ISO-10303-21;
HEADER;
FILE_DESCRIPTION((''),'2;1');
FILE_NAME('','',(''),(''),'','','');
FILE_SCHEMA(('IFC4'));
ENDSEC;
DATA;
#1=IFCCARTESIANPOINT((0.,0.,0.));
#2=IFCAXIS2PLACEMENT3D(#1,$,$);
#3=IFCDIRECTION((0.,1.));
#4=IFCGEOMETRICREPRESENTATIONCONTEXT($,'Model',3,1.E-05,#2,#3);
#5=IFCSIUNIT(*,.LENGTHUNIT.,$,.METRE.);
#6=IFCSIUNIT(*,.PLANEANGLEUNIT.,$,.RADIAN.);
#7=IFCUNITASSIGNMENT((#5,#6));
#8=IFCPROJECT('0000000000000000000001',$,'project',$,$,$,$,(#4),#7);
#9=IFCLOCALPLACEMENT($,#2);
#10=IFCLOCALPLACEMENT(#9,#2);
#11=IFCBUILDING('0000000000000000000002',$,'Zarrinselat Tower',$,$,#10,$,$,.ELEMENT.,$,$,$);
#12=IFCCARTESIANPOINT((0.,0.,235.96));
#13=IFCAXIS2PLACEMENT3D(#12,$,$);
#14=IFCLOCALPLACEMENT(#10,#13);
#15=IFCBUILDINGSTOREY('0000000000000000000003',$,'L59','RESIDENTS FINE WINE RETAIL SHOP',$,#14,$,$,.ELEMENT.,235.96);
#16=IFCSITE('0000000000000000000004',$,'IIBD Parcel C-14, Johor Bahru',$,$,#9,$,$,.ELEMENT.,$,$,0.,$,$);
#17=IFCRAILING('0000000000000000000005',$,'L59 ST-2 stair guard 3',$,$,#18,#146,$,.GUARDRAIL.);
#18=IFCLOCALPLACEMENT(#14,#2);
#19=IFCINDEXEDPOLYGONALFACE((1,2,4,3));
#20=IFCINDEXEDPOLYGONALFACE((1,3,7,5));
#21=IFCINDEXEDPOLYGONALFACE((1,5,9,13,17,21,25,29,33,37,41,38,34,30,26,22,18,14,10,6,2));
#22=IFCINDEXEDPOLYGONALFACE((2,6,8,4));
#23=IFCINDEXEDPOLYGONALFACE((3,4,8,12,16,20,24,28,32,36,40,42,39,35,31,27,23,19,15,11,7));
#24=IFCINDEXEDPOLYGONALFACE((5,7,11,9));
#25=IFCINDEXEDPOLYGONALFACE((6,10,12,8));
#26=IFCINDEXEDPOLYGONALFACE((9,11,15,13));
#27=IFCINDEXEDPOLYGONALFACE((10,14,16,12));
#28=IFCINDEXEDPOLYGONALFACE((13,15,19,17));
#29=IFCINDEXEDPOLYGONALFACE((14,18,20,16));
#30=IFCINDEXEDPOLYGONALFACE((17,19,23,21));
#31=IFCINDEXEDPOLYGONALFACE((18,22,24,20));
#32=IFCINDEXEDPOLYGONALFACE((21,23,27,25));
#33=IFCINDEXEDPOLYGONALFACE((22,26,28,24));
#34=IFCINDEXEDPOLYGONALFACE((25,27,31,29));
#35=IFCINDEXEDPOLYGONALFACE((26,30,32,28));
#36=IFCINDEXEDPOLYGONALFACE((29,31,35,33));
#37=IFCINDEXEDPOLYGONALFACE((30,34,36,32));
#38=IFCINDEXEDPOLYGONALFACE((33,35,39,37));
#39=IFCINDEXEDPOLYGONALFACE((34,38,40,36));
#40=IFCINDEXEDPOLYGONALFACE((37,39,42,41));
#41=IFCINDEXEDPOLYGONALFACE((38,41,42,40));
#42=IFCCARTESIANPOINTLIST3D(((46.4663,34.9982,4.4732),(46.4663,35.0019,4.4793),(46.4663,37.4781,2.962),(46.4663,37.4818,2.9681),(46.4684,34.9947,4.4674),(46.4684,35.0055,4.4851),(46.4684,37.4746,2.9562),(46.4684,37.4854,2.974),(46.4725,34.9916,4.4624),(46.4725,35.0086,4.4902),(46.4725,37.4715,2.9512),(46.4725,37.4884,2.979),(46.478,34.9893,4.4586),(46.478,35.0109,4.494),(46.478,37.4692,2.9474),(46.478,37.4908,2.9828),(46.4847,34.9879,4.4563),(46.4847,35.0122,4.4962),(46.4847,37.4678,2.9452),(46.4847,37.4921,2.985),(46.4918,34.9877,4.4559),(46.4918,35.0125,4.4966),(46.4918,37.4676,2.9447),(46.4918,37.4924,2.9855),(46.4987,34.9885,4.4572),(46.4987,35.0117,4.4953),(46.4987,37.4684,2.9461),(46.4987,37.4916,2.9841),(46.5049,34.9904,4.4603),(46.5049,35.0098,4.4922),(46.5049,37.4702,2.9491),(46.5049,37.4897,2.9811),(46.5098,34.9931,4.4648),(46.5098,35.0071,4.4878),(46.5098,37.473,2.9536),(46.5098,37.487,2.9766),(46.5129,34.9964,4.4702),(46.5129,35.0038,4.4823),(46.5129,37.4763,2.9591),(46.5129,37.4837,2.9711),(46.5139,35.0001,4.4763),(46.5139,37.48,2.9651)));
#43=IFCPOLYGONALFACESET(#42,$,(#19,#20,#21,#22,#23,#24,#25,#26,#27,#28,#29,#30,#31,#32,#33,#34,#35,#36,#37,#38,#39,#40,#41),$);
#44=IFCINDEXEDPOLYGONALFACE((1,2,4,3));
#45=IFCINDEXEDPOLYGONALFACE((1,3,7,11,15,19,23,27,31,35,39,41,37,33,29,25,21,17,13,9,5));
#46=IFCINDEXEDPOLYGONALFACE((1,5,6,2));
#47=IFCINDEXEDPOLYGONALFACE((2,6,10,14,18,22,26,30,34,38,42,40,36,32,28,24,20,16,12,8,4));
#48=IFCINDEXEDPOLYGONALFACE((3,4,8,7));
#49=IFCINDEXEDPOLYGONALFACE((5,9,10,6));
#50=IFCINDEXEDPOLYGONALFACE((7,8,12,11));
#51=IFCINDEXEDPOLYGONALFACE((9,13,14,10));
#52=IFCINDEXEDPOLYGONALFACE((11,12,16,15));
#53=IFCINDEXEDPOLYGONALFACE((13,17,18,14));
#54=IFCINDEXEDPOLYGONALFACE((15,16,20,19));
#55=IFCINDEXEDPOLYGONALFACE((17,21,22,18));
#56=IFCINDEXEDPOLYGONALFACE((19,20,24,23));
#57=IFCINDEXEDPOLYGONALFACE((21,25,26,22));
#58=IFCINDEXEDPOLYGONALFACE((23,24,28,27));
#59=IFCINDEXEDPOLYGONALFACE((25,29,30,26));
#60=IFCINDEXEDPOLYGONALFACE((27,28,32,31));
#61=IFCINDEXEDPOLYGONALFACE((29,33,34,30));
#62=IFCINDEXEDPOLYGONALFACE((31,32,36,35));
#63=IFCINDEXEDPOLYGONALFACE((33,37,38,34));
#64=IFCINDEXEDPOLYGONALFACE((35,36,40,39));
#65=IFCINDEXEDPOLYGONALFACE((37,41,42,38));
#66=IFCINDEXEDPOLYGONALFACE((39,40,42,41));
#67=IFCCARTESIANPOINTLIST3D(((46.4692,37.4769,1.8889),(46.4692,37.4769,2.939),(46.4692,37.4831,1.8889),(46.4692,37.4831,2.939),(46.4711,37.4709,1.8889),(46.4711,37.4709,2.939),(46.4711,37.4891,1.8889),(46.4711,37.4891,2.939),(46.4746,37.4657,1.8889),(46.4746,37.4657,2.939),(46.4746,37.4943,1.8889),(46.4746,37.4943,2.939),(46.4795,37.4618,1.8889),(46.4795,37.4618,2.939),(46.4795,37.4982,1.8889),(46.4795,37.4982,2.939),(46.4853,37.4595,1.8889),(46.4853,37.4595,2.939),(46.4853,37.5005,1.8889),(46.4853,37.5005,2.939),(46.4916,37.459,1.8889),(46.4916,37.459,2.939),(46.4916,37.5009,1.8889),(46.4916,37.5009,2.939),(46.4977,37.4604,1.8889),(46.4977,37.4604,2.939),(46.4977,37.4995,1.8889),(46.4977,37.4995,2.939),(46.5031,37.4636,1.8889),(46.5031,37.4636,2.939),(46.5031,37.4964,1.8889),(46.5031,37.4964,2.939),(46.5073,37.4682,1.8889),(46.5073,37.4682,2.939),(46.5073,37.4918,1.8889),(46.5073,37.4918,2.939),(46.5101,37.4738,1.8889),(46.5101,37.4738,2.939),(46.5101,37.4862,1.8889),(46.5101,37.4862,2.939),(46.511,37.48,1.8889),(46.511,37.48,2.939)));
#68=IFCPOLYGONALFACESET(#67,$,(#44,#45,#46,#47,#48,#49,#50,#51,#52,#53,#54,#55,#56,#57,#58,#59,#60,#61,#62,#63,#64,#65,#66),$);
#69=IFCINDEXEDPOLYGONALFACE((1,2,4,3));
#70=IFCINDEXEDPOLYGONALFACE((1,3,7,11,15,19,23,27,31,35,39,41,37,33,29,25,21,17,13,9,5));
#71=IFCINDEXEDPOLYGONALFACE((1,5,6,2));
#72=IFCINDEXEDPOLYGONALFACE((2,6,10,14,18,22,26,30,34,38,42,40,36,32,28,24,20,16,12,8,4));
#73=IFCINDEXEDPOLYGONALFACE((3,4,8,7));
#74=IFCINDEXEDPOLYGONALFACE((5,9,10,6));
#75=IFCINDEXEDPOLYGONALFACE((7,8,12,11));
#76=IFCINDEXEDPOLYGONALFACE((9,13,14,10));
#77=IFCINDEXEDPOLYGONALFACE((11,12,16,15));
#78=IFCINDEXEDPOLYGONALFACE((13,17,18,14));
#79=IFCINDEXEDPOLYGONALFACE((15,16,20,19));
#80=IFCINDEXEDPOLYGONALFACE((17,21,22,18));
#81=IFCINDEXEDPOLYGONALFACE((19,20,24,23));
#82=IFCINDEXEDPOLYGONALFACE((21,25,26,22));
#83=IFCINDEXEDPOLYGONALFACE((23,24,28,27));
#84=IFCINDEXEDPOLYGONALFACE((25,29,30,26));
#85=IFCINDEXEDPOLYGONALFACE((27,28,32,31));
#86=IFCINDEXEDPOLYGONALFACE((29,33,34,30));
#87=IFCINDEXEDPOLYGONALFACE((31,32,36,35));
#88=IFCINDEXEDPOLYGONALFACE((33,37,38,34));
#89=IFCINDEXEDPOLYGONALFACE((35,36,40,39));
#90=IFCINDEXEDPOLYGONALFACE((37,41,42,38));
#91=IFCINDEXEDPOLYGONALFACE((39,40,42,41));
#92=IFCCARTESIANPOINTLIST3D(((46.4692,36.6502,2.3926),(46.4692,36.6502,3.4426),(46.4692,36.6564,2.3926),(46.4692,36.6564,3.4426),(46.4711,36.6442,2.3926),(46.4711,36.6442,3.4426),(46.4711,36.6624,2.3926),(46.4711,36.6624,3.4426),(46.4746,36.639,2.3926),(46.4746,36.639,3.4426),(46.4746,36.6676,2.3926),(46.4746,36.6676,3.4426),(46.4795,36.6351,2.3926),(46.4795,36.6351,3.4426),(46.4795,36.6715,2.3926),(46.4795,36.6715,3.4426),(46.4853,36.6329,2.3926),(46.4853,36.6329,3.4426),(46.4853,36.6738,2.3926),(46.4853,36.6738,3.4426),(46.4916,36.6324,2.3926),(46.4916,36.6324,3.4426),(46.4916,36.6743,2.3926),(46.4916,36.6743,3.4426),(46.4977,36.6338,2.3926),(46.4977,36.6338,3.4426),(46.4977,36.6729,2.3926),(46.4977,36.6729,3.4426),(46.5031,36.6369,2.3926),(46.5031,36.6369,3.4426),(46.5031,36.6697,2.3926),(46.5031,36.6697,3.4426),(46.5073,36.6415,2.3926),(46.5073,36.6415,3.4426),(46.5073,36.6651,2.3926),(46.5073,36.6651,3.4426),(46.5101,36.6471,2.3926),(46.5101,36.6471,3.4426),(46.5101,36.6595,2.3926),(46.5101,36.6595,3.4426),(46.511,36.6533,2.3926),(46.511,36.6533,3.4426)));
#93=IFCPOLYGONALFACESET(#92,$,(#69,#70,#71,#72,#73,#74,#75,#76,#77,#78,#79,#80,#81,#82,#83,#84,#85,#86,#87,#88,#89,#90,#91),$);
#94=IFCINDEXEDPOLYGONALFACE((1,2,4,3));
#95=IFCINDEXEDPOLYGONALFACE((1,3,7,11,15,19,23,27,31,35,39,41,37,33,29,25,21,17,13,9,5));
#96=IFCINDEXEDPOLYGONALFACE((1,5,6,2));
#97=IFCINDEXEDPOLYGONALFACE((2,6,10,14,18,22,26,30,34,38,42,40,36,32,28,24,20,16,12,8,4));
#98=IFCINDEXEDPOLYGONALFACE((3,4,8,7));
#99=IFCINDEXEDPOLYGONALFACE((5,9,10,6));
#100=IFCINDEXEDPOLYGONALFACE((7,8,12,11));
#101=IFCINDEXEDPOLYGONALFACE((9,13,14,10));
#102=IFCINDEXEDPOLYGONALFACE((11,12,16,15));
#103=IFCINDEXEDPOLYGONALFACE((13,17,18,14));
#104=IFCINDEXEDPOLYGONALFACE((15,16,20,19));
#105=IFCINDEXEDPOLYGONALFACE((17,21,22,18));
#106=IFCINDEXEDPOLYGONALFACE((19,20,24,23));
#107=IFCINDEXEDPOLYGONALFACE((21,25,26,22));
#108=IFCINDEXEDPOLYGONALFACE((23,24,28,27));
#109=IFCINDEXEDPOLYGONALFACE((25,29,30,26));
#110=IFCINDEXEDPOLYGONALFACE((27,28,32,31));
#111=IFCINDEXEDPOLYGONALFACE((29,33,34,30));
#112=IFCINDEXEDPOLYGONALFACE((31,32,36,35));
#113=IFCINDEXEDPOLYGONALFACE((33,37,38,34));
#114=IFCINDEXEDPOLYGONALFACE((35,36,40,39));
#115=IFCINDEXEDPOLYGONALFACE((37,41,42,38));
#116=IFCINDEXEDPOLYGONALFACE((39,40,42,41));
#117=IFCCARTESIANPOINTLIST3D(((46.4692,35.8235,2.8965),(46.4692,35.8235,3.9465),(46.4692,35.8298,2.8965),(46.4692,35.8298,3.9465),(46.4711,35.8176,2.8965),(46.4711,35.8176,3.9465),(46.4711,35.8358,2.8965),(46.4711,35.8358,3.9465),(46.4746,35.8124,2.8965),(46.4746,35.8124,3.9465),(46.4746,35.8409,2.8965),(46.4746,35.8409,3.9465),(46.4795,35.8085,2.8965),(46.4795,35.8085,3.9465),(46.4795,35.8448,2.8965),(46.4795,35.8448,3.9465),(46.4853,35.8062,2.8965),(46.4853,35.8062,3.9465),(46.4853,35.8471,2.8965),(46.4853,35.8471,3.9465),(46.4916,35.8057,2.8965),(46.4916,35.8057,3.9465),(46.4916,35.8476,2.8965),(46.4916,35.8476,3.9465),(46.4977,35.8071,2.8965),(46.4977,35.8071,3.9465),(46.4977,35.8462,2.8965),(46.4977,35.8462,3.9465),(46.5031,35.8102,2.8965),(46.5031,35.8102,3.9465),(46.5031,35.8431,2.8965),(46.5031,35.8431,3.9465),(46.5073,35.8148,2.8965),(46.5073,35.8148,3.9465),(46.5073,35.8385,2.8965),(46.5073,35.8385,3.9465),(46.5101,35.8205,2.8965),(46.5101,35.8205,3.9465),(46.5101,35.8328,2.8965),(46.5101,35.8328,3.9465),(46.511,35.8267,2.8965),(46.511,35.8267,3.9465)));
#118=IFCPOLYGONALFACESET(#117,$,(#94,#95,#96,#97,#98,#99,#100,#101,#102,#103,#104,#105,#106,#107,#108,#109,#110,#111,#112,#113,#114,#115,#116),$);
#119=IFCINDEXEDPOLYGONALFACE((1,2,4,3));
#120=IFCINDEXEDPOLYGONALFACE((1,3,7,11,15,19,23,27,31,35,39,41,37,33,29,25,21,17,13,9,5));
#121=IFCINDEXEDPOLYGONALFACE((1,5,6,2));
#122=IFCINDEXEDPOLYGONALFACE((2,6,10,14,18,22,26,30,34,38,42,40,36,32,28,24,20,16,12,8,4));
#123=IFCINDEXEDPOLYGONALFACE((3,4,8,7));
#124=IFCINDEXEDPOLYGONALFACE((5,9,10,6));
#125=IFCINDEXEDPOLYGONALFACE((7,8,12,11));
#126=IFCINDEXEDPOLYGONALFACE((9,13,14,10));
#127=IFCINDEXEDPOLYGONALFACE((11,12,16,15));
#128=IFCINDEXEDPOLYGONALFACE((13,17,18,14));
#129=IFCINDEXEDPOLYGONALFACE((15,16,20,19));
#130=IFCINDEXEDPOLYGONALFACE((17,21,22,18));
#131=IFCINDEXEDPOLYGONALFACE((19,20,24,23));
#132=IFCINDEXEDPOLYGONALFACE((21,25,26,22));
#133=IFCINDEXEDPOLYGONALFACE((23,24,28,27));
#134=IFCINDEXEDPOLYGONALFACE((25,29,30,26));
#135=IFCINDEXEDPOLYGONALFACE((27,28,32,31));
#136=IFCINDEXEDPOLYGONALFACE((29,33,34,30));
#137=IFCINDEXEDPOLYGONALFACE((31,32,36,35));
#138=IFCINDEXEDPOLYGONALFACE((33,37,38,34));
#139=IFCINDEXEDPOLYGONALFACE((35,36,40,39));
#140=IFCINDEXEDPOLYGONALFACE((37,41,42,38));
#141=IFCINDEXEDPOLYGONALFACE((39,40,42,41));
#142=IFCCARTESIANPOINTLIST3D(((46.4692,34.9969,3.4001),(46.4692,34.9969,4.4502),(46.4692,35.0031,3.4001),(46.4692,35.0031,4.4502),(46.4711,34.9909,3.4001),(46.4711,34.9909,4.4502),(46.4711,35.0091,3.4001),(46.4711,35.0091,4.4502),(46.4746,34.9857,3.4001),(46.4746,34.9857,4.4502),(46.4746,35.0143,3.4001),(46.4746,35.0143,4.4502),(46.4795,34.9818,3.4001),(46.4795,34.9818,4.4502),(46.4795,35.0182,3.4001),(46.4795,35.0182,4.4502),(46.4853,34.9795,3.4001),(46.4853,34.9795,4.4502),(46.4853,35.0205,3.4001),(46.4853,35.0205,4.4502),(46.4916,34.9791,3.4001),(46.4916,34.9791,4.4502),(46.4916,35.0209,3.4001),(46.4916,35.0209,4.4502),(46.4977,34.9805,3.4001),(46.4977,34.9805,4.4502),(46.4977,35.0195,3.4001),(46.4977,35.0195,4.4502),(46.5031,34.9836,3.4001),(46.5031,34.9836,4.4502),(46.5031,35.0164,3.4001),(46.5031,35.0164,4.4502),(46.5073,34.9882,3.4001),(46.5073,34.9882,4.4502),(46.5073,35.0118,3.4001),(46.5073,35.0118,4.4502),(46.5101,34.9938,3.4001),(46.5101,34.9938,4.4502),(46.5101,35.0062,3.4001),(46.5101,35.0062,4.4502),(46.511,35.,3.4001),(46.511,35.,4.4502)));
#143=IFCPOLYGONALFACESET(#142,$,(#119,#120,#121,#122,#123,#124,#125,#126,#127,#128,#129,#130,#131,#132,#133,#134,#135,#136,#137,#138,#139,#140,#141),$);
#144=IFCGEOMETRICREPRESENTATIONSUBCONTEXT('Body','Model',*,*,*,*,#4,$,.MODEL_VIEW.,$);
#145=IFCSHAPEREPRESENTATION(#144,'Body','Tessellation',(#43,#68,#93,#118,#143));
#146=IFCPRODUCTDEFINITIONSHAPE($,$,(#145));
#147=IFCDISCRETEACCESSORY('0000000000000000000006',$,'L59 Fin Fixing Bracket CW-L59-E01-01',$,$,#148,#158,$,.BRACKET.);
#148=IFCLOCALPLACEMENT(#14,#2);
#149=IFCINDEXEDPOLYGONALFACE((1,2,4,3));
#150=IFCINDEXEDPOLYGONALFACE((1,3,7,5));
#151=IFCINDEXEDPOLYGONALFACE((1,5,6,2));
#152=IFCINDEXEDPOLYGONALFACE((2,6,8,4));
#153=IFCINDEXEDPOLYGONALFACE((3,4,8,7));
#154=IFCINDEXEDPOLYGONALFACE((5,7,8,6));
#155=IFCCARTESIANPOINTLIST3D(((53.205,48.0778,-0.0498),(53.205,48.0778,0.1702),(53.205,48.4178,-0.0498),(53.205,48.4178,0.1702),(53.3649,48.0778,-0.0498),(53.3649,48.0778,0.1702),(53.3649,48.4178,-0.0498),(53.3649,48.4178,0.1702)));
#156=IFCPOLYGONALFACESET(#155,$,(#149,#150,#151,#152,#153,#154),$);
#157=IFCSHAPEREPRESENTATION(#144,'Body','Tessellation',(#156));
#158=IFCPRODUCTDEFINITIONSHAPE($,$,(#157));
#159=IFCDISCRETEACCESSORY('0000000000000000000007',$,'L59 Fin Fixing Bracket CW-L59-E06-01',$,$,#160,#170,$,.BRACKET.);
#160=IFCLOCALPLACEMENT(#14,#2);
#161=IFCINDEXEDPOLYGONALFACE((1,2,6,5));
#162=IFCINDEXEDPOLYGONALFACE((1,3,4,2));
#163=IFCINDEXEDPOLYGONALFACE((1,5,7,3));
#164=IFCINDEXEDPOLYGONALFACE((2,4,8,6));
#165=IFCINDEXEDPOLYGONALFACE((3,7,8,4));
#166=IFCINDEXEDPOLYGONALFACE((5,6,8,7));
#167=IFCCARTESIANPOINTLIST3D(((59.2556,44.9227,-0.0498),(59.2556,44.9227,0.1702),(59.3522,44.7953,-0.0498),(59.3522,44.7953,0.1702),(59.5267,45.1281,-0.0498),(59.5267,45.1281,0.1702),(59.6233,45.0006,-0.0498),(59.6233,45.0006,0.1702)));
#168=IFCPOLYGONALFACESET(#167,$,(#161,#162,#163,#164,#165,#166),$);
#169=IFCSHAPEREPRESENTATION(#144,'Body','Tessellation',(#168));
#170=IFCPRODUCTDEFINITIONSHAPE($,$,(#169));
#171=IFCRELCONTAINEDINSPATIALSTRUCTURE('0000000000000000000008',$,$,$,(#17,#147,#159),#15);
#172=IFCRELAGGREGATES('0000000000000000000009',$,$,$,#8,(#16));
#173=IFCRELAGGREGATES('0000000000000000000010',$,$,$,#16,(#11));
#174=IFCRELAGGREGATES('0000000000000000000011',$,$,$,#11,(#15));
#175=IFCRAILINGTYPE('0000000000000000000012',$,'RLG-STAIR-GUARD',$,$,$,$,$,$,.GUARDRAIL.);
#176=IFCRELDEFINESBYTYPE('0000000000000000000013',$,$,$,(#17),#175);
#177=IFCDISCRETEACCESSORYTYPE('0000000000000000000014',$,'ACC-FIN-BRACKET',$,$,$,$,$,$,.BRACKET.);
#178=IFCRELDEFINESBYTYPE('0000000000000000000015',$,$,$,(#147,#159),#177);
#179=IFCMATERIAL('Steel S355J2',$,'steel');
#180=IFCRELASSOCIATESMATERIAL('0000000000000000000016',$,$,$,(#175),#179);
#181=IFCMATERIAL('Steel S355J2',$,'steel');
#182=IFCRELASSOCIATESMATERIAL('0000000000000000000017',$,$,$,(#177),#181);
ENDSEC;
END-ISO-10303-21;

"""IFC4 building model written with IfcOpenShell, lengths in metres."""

from ifc_helpers import new_model, si_unit, direction, frame, origin, origin_2d, place, context, subcontext, project, spatial, rectangle, circle, extrude, material, type_object, element, save


model = new_model("IFC4")

# Units and contexts
model_context = context("Model", 3, precision=1e-05, world=origin(), true_north=direction((0.0, 1.0)))
body_context = subcontext(model_context, "Body", "Model", "MODEL_VIEW")
ifc_project = project(units=[si_unit("LENGTHUNIT", "METRE"), si_unit("PLANEANGLEUNIT", "RADIAN")], contexts=[model_context])

# Site, building, storey
site_placement = place(None, origin())
site = spatial("IfcSite", under=ifc_project, at=site_placement, Name="IIBD Parcel C-14, Johor Bahru", CompositionType="ELEMENT", RefElevation=0.0)
building_placement = place(site_placement, origin())
building = spatial("IfcBuilding", under=site, at=building_placement, Name="Zarrinselat Tower", CompositionType="ELEMENT")
storey_placement = place(building_placement, frame((0.0, 0.0, 235.96)))
storey = spatial("IfcBuildingStorey", under=building, at=storey_placement, Name="L59", Description="RESIDENTS FINE WINE RETAIL SHOP", CompositionType="ELEMENT", Elevation=235.96)

# Railing
ifc_material_1 = material(Name="Steel S355J2", Category="steel")
railing_type = type_object("IfcRailingType", Name="RLG-STAIR-GUARD", PredefinedType="GUARDRAIL", material=ifc_material_1)
railing_1_placement = place(storey_placement, frame((46.49, 37.48, 1.8889)))
element("IfcRailing", 1, at=railing_1_placement, inside=storey, type_object=railing_type, Name="L59 ST-2 stair guard 3", PredefinedType="GUARDRAIL", context=body_context, shape_type="SweptSolid", body=[
    extrude(circle(Radius=0.0239, at=origin_2d()), frame((0.0, 0.0, 1.0762), z_axis=(0.0, -0.853942, 0.520368), x_axis=(1.0, 0.0, 0.0)), (0.0, 0.0, 1.0), 2.9041),
    extrude(circle(Radius=0.021, at=origin_2d()), origin(), (0.0, 0.0, 1.0), 1.05),
    extrude(circle(Radius=0.021, at=origin_2d()), frame((0.0, -0.8267, 0.5037)), (0.0, 0.0, 1.0), 1.05),
    extrude(circle(Radius=0.021, at=origin_2d()), frame((0.0, -1.6533, 1.0076)), (0.0, 0.0, 1.0), 1.05),
    extrude(circle(Radius=0.021, at=origin_2d()), frame((0.0, -2.48, 1.5112)), (0.0, 0.0, 1.0), 1.05),
])

# Discrete accessories
ifc_material_2 = material(Name="Steel S355J2", Category="steel")
discrete_accessory_type = type_object("IfcDiscreteAccessoryType", Name="ACC-FIN-BRACKET", PredefinedType="BRACKET", material=ifc_material_2)
for number, where, z_axis, x_axis, name in (
    (2, (53.2849, 48.2478, -0.0498), (0.0, 0.0, 1.0), (0.0, 1.0, 0.0), "L59 Fin Fixing Bracket CW-L59-E01-01"),
    (3, (59.4395, 44.9617, -0.0498), (0.0, 0.0, 1.0), (0.797092, 0.603858, 0.0), "L59 Fin Fixing Bracket CW-L59-E06-01"),
):
    element("IfcDiscreteAccessory", number, at=place(storey_placement, frame(where, z_axis=z_axis, x_axis=x_axis)), inside=storey, type_object=discrete_accessory_type, Name=name, PredefinedType="BRACKET", context=body_context, shape_type="SweptSolid", body=[
        extrude(rectangle(XDim=0.3401, YDim=0.1599, at=origin_2d()), origin(), (0.0, 0.0, 1.0), 0.22),
    ])

save(model, "model.ifc")
